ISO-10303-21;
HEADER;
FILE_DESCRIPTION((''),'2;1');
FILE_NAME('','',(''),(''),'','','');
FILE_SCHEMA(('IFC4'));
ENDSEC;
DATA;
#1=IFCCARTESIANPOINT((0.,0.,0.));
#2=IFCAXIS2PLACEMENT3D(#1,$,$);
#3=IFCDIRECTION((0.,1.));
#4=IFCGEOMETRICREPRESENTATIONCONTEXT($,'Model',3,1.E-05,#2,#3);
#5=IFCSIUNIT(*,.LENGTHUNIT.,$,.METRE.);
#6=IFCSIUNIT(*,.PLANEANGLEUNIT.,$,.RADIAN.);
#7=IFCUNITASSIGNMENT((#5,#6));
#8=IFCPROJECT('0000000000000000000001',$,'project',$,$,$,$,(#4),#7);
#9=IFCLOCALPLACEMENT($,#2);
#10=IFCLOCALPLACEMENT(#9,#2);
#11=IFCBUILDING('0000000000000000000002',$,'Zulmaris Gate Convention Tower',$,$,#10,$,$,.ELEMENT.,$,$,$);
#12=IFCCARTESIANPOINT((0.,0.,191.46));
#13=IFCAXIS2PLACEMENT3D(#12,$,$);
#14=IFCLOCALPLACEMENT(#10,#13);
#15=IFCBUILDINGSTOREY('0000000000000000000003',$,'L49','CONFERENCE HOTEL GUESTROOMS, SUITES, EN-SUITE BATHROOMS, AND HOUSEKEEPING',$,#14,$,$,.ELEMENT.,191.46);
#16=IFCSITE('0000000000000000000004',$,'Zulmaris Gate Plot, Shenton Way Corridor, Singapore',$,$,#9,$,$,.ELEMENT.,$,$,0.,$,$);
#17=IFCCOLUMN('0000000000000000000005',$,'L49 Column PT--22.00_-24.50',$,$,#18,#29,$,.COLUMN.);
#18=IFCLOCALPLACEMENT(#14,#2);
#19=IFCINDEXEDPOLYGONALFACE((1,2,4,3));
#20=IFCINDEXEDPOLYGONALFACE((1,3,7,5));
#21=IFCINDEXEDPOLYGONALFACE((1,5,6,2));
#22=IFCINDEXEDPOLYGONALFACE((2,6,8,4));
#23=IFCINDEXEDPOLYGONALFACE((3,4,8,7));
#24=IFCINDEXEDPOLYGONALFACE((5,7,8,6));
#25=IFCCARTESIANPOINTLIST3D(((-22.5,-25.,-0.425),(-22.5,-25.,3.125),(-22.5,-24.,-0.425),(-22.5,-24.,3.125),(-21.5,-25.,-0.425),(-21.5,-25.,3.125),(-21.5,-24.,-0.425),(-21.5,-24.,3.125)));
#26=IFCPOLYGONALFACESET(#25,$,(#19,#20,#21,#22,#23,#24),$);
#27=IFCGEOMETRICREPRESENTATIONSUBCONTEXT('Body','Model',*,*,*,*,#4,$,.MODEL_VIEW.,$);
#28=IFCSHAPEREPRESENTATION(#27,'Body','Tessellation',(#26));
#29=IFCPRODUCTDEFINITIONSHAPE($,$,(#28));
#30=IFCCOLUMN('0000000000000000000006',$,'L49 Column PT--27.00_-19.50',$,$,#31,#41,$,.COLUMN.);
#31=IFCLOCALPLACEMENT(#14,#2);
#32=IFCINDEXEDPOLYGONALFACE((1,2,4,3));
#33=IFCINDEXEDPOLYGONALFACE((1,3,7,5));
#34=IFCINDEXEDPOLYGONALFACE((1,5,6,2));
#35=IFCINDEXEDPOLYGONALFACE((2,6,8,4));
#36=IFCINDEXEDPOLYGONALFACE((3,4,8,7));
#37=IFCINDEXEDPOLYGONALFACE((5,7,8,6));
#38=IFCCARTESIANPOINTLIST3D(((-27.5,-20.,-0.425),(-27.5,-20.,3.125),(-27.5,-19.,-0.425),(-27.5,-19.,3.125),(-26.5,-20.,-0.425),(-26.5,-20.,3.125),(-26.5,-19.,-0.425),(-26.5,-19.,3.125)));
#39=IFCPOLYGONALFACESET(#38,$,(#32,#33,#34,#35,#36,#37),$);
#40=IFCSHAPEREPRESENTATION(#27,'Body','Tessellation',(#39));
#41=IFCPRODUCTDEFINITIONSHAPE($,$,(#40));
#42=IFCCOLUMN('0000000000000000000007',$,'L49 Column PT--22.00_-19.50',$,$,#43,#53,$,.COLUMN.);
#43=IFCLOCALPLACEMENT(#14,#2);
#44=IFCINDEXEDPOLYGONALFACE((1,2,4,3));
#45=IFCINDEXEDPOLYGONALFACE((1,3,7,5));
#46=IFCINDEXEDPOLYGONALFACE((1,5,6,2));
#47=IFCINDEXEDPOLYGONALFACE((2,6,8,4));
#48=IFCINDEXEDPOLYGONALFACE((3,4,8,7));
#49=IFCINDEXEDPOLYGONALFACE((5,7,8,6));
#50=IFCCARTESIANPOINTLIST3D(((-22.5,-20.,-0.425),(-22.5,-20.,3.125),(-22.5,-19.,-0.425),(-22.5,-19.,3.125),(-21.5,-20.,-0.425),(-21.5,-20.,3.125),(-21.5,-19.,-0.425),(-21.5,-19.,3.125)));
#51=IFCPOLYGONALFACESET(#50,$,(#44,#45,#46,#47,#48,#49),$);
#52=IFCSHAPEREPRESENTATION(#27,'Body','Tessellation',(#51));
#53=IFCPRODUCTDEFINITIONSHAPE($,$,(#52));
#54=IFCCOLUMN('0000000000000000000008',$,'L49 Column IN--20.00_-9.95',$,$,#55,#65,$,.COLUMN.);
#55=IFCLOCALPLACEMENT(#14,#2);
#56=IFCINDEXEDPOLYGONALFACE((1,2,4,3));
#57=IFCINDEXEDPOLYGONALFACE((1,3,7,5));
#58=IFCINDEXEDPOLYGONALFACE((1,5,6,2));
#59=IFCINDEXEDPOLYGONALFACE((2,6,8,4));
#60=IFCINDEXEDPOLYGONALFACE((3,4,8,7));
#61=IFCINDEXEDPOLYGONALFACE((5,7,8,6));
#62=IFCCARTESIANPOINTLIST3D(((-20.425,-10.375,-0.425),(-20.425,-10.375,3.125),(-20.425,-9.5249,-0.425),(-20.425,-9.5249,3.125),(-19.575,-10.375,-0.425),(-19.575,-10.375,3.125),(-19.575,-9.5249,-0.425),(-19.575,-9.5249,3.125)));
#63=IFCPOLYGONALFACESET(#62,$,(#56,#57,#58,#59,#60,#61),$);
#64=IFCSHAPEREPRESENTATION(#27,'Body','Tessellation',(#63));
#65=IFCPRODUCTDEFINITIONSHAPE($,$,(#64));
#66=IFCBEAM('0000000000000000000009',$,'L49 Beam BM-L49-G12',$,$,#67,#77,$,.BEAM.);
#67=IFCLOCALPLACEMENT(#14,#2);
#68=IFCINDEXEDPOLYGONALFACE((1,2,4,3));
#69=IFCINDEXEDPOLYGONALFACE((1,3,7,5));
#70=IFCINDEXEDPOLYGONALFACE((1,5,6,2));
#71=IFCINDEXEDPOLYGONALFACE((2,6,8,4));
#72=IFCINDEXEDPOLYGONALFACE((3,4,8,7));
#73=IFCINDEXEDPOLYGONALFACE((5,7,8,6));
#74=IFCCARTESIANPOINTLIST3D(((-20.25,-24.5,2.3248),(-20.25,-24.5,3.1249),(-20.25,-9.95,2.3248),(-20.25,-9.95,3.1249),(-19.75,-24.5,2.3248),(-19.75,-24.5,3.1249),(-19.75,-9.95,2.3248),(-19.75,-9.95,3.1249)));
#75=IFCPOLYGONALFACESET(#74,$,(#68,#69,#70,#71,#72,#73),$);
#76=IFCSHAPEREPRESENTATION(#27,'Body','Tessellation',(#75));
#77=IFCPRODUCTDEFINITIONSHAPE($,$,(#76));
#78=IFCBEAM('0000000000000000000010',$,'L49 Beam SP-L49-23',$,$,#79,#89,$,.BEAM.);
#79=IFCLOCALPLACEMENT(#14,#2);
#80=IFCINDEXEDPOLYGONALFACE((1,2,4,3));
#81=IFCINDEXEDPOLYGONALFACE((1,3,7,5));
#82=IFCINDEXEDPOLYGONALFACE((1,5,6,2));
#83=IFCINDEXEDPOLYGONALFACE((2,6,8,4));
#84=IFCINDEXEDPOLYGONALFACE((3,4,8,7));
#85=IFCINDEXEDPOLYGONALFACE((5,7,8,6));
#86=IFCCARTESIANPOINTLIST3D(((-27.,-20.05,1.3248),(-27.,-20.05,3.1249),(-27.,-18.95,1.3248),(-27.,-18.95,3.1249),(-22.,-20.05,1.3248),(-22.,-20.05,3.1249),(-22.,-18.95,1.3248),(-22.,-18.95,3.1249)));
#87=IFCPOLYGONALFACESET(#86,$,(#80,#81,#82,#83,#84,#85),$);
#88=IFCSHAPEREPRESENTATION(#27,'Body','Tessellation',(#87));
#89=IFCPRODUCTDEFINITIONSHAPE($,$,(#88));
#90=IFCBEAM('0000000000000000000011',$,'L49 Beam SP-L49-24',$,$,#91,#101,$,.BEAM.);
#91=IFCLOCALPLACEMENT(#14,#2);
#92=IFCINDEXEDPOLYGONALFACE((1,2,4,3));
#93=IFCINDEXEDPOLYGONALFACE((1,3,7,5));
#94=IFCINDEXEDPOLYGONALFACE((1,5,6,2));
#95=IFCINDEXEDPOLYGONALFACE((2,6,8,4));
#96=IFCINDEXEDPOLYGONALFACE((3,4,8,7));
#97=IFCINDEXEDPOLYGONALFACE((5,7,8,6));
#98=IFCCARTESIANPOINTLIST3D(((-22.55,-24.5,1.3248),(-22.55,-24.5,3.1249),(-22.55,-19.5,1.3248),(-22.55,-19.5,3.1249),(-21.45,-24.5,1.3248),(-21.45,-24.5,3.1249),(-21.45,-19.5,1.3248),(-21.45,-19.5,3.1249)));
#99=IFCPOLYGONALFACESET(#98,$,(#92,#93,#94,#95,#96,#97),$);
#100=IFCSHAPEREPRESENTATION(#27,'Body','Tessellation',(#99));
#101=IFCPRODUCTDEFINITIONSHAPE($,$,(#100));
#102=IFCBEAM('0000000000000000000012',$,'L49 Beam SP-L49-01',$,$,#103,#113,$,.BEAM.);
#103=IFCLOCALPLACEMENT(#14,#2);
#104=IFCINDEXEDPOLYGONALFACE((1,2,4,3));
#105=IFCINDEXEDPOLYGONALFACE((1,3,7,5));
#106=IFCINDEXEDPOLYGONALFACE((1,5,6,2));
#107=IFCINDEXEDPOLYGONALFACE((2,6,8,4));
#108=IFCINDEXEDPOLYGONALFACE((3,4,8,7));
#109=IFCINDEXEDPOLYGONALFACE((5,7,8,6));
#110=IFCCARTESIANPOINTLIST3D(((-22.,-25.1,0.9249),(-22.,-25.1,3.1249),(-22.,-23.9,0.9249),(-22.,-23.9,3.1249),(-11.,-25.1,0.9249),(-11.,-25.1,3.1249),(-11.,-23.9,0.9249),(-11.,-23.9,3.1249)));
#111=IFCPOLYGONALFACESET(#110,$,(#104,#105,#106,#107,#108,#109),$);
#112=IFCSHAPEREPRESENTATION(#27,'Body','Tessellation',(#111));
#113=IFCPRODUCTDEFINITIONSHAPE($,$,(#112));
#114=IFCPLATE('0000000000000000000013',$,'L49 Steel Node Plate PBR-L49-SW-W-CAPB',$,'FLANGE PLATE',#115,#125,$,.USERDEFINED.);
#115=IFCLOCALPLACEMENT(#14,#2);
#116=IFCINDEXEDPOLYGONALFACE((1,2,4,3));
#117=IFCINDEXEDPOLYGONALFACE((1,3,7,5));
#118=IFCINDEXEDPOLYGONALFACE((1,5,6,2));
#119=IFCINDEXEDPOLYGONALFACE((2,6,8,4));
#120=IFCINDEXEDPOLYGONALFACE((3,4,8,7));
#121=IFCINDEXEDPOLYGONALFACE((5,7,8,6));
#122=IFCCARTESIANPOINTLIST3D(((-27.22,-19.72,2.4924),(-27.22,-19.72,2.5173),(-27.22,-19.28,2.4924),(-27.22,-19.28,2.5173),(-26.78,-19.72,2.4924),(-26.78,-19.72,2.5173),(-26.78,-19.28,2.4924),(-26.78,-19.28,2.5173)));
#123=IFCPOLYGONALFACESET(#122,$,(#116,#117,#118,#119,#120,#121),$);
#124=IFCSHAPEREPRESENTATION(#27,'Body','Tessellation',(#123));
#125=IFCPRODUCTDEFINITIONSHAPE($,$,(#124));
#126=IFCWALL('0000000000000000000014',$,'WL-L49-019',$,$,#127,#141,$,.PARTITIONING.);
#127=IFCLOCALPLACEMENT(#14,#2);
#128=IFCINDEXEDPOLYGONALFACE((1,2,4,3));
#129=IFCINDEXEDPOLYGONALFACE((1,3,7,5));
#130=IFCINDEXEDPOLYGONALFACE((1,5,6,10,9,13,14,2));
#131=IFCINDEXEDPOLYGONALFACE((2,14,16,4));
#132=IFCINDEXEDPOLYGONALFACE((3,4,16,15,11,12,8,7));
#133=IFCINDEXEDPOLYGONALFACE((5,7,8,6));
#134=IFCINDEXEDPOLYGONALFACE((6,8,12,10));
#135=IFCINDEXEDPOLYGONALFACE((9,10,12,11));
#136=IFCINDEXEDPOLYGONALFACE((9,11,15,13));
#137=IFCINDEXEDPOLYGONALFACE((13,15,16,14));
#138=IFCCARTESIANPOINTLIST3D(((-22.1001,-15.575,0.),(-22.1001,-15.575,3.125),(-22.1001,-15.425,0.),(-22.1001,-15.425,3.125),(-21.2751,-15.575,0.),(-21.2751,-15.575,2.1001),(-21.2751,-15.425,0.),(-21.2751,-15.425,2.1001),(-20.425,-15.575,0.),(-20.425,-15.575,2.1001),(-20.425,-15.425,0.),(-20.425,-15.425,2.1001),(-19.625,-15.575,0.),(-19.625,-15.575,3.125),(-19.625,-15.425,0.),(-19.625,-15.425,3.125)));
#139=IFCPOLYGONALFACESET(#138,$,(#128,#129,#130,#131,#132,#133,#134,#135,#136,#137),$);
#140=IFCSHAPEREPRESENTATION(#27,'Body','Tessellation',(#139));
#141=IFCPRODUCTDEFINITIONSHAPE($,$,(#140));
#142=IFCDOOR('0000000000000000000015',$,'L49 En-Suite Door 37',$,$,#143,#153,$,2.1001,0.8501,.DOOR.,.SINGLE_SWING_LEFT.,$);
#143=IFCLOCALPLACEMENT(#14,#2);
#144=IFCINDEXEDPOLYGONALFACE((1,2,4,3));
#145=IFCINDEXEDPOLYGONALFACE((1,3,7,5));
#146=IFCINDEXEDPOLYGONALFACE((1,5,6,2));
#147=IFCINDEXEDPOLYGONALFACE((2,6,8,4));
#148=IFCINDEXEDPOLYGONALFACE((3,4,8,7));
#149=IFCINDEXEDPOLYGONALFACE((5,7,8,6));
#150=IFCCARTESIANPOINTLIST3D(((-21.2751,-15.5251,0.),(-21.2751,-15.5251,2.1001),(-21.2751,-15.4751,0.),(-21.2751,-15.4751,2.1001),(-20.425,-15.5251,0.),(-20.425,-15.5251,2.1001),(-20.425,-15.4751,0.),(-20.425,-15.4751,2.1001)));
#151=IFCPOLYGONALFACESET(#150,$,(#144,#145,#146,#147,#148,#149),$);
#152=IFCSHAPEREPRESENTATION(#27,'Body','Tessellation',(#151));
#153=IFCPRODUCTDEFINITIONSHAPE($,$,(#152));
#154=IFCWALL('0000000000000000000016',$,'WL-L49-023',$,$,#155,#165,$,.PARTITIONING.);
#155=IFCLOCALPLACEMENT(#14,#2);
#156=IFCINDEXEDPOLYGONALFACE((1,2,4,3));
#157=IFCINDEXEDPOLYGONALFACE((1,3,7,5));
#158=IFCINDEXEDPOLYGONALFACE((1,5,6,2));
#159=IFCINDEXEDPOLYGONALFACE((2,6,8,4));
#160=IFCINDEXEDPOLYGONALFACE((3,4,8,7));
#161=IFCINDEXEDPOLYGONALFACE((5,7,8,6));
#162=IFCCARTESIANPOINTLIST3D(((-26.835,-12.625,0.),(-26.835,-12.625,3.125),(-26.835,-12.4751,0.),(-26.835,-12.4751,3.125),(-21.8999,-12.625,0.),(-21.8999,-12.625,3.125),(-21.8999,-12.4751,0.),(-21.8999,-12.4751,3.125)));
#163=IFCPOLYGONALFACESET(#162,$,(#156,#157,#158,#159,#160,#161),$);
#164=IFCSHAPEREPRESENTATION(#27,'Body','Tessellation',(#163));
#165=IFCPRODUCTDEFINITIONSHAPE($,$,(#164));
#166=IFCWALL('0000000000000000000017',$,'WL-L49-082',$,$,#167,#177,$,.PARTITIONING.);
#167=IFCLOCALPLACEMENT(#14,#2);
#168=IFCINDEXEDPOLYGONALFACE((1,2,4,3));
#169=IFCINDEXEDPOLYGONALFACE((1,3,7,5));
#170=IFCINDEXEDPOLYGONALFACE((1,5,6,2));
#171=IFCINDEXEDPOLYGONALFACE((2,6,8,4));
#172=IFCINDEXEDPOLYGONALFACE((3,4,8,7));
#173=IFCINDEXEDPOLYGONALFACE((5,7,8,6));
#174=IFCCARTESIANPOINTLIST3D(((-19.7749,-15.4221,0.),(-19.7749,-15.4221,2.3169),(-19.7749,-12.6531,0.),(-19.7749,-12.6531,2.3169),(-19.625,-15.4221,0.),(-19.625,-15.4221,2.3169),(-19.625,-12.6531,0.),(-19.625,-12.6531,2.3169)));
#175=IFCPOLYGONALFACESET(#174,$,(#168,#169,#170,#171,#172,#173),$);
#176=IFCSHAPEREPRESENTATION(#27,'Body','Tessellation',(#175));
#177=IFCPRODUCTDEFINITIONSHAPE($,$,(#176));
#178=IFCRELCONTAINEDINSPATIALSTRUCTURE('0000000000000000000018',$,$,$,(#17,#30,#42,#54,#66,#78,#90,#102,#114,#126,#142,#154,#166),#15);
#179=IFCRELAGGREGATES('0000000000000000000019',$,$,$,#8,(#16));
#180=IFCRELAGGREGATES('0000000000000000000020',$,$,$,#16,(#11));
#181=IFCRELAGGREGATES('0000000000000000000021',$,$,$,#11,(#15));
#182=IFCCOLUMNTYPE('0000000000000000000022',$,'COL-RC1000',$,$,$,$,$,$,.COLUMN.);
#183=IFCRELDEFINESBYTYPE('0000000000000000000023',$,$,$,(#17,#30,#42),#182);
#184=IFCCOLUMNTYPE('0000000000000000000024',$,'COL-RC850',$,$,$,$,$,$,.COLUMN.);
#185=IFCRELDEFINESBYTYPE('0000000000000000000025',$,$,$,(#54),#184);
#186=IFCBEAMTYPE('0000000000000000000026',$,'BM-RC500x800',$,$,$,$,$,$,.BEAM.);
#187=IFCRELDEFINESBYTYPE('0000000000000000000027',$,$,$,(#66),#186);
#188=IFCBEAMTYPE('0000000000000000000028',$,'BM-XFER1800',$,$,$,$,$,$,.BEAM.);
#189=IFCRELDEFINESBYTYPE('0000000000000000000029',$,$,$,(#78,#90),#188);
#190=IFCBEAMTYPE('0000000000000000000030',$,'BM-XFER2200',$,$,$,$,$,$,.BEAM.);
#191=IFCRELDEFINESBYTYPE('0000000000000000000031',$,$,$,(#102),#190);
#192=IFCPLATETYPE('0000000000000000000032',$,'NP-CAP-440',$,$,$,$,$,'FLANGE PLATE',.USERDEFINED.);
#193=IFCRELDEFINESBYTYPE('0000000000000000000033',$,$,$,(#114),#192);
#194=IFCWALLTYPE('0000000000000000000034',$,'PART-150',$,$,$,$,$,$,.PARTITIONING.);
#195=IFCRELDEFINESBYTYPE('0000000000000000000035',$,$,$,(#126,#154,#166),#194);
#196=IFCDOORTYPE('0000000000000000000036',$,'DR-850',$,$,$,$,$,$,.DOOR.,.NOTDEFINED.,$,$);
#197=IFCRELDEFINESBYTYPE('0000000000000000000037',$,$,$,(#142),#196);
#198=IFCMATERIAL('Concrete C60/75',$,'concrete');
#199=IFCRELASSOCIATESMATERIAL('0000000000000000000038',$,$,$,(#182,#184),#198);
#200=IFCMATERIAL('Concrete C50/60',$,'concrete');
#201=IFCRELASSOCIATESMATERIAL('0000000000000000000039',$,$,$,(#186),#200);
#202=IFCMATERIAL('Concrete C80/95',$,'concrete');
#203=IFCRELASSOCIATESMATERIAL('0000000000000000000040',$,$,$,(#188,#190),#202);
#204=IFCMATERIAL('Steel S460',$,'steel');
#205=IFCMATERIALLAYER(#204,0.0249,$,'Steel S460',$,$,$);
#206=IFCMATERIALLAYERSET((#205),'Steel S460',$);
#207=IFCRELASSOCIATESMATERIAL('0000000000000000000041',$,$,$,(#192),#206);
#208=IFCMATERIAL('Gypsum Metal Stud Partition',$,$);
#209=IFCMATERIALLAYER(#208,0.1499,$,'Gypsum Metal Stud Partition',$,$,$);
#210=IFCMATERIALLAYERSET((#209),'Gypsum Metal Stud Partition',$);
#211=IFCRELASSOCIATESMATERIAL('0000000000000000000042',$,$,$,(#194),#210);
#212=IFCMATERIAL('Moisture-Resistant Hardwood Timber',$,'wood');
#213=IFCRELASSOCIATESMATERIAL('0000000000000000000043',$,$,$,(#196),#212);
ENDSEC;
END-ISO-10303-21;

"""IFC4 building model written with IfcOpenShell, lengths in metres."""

from ifc_helpers import new_model, si_unit, direction, frame, frame_2d, origin, origin_2d, place, context, subcontext, project, spatial, rectangle, extrude, material, layer, layer_set, material_profile, profile_set, type_object, element, fill, save


model = new_model("IFC4")

# Units and contexts
model_context = context("Model", 3, precision=1e-05, world=origin(), true_north=direction((0.0, 1.0)))
body_context = subcontext(model_context, "Body", "Model", "MODEL_VIEW")
ifc_project = project(units=[si_unit("LENGTHUNIT", "METRE"), si_unit("PLANEANGLEUNIT", "RADIAN")], contexts=[model_context])

# Site, building, storey
site_placement = place(None, origin())
site = spatial("IfcSite", under=ifc_project, at=site_placement, Name="Zulmaris Gate Plot, Shenton Way Corridor, Singapore", CompositionType="ELEMENT", RefElevation=0.0)
building_placement = place(site_placement, origin())
building = spatial("IfcBuilding", under=site, at=building_placement, Name="Zulmaris Gate Convention Tower", CompositionType="ELEMENT")
storey_placement = place(building_placement, frame((0.0, 0.0, 191.46)))
storey = spatial("IfcBuildingStorey", under=building, at=storey_placement, Name="L49", Description="CONFERENCE HOTEL GUESTROOMS, SUITES, EN-SUITE BATHROOMS, AND HOUSEKEEPING", CompositionType="ELEMENT", Elevation=191.46)

# Columns
ifc_material_1 = material(Name="Concrete C60/75", Category="concrete")
ifc_material_profile_1 = material_profile(ifc_material_1, rectangle(XDim=1.0, YDim=1.0, at=origin_2d()), Name="RC COL 1000x1000")
ifc_profile_set_1 = profile_set([ifc_material_profile_1], Name="Concrete C60/75")
column_type_1 = type_object("IfcColumnType", Name="COL-RC1000", PredefinedType="COLUMN", material=ifc_profile_set_1)
for number, where, z_axis, x_axis, name in (
    (1, (-22.0, -24.5, -0.425), (0.0, 0.0, 1.0), (1.0, 0.0, 0.0), "L49 Column PT--22.00_-24.50"),
    (2, (-27.0, -19.5, -0.425), (0.0, 0.0, 1.0), (1.0, 0.0, 0.0), "L49 Column PT--27.00_-19.50"),
    (3, (-22.0, -19.5, -0.425), (0.0, 0.0, 1.0), (1.0, 0.0, 0.0), "L49 Column PT--22.00_-19.50"),
):
    element("IfcColumn", number, at=place(storey_placement, frame(where, z_axis=z_axis, x_axis=x_axis)), inside=storey, type_object=column_type_1, Name=name, PredefinedType="COLUMN", context=body_context, shape_type="SweptSolid", body=[
        extrude(rectangle(XDim=1.0, YDim=1.0, at=origin_2d()), origin(), (0.0, 0.0, 1.0), 3.55),
    ])
ifc_material_profile_2 = material_profile(ifc_material_1, rectangle(XDim=0.8501, YDim=0.8501, at=origin_2d()), Name="RC COL 850x850")
ifc_profile_set_2 = profile_set([ifc_material_profile_2], Name="Concrete C60/75")
column_type_2 = type_object("IfcColumnType", Name="COL-RC850", PredefinedType="COLUMN", material=ifc_profile_set_2)
column_placement = place(storey_placement, frame((-20.0, -9.95, -0.425), z_axis=(0.0, 0.0, 1.0), x_axis=(1.0, 0.0, 0.0)))
element("IfcColumn", 4, at=column_placement, inside=storey, type_object=column_type_2, Name="L49 Column IN--20.00_-9.95", PredefinedType="COLUMN", context=body_context, shape_type="SweptSolid", body=[
    extrude(rectangle(XDim=0.8501, YDim=0.8501, at=origin_2d()), origin(), (0.0, 0.0, 1.0), 3.55),
])

# Beams
ifc_material_2 = material(Name="Concrete C50/60", Category="concrete")
ifc_material_profile_3 = material_profile(ifc_material_2, rectangle(XDim=0.5, YDim=0.8, at=origin_2d()), Name="RC BEAM 500x800")
ifc_profile_set_3 = profile_set([ifc_material_profile_3], Name="Concrete C50/60")
beam_type_1 = type_object("IfcBeamType", Name="BM-RC500x800", PredefinedType="BEAM", material=ifc_profile_set_3)
beam_1_placement = place(storey_placement, frame((-20.0, -24.5, 2.7249), z_axis=(0.0, 1.0, 0.0), x_axis=(-1.0, 0.0, 0.0)))
element("IfcBeam", 5, at=beam_1_placement, inside=storey, type_object=beam_type_1, Name="L49 Beam BM-L49-G12", PredefinedType="BEAM", context=body_context, shape_type="SweptSolid", body=[
    extrude(rectangle(XDim=0.5, YDim=0.8, at=origin_2d()), origin(), (0.0, 0.0, 1.0), 14.55),
])
ifc_material_3 = material(Name="Concrete C80/95", Category="concrete")
ifc_material_profile_4 = material_profile(ifc_material_3, rectangle(XDim=1.1001, YDim=1.8, at=origin_2d()), Name="RC TRANSFER 1100x1800")
ifc_profile_set_4 = profile_set([ifc_material_profile_4], Name="Concrete C80/95")
beam_type_2 = type_object("IfcBeamType", Name="BM-XFER1800", PredefinedType="BEAM", material=ifc_profile_set_4)
for number, where, z_axis, x_axis, name in (
    (6, (-27.0, -19.5, 2.2249), (1.0, 0.0, 0.0), (0.0, 1.0, 0.0), "L49 Beam SP-L49-23"),
    (7, (-22.0, -19.5, 2.2249), (0.0, -1.0, 0.0), (1.0, 0.0, 0.0), "L49 Beam SP-L49-24"),
):
    element("IfcBeam", number, at=place(storey_placement, frame(where, z_axis=z_axis, x_axis=x_axis)), inside=storey, type_object=beam_type_2, Name=name, PredefinedType="BEAM", context=body_context, shape_type="SweptSolid", body=[
        extrude(rectangle(XDim=1.1001, YDim=1.8, at=origin_2d()), origin(), (0.0, 0.0, 1.0), 5.0),
    ])
ifc_material_profile_5 = material_profile(ifc_material_3, rectangle(XDim=1.2, YDim=2.2, at=origin_2d()), Name="RC TRANSFER 1200x2200")
ifc_profile_set_5 = profile_set([ifc_material_profile_5], Name="Concrete C80/95")
beam_type_3 = type_object("IfcBeamType", Name="BM-XFER2200", PredefinedType="BEAM", material=ifc_profile_set_5)
beam_2_placement = place(storey_placement, frame((-22.0, -24.5, 2.0249), z_axis=(1.0, 0.0, 0.0), x_axis=(0.0, 1.0, 0.0)))
element("IfcBeam", 8, at=beam_2_placement, inside=storey, type_object=beam_type_3, Name="L49 Beam SP-L49-01", PredefinedType="BEAM", context=body_context, shape_type="SweptSolid", body=[
    extrude(rectangle(XDim=1.2, YDim=2.2, at=origin_2d()), origin(), (0.0, 0.0, 1.0), 11.0),
])

# Plate
ifc_material_4 = material(Name="Steel S460", Category="steel")
ifc_layer_1 = layer(ifc_material_4, 0.0249, Name="Steel S460")
ifc_layer_set_1 = layer_set([ifc_layer_1], Name="Steel S460")
plate_type = type_object("IfcPlateType", Name="NP-CAP-440", ElementType="FLANGE PLATE", PredefinedType="USERDEFINED", material=ifc_layer_set_1)
plate_placement = place(storey_placement, frame((-27.0, -19.5, 2.4924), z_axis=(0.0, 0.0, 1.0), x_axis=(1.0, 0.0, 0.0)))
element("IfcPlate", 9, at=plate_placement, inside=storey, type_object=plate_type, Name="L49 Steel Node Plate PBR-L49-SW-W-CAPB", ObjectType="FLANGE PLATE", PredefinedType="USERDEFINED", context=body_context, shape_type="SweptSolid", body=[
    extrude(rectangle(XDim=0.4399, YDim=0.4399, at=origin_2d()), origin(), (0.0, 0.0, 1.0), 0.0249),
])

# Wall, opening, door
ifc_material_5 = material(Name="Gypsum Metal Stud Partition")
ifc_layer_2 = layer(ifc_material_5, 0.1499, Name="Gypsum Metal Stud Partition")
ifc_layer_set_2 = layer_set([ifc_layer_2], Name="Gypsum Metal Stud Partition")
wall_type_1 = type_object("IfcWallType", Name="PART-150", PredefinedType="PARTITIONING", material=ifc_layer_set_2)
wall_1_placement = place(storey_placement, frame((-22.1001, -15.5, 0.0), z_axis=(0.0, 0.0, 1.0), x_axis=(1.0, 0.0, 0.0)))
wall_1 = element("IfcWall", 10, at=wall_1_placement, inside=storey, type_object=wall_type_1, Name="WL-L49-019", PredefinedType="PARTITIONING", context=body_context, shape_type="SweptSolid", body=[
    extrude(rectangle(XDim=2.4751, YDim=0.1499, at=frame_2d((1.2375, 0.0))), origin(), (0.0, 0.0, 1.0), 3.125),
])
opening_1_placement = place(wall_1_placement, frame((0.825, 0.0, 0.0)))
opening_1 = element("IfcOpeningElement", 11, at=opening_1_placement, cuts=wall_1, PredefinedType="OPENING", context=body_context, shape_type="SweptSolid", body=[
    extrude(rectangle(XDim=0.8501, YDim=2.1001, at=frame_2d((0.425, 1.05))), frame((0.0, 0.085, 0.0), z_axis=(0.0, -1.0, 0.0), x_axis=(1.0, 0.0, 0.0)), (0.0, 0.0, 1.0), 0.1699),
])
ifc_material_6 = material(Name="Moisture-Resistant Hardwood Timber", Category="wood")
door_type_1 = type_object("IfcDoorType", Name="DR-850", OperationType="NOTDEFINED", PredefinedType="DOOR", material=ifc_material_6)
door_1_placement = place(opening_1_placement, origin())
door_1 = element("IfcDoor", 12, at=door_1_placement, inside=storey, type_object=door_type_1, Name="L49 En-Suite Door 37", OperationType="SINGLE_SWING_LEFT", OverallHeight=2.1001, OverallWidth=0.8501, PredefinedType="DOOR", context=body_context, shape_type="SweptSolid", body=[
    extrude(rectangle(XDim=0.8501, YDim=2.1001, at=frame_2d((0.425, 1.05))), frame((0.0, 0.0249, 0.0), z_axis=(0.0, -1.0, 0.0), x_axis=(1.0, 0.0, 0.0)), (0.0, 0.0, 1.0), 0.05),
])
fill(opening_1, door_1)

# Wall
wall_2_placement = place(storey_placement, frame((-26.835, -12.55, 0.0), z_axis=(0.0, 0.0, 1.0), x_axis=(1.0, 0.0, 0.0)))
element("IfcWall", 13, at=wall_2_placement, inside=storey, type_object=wall_type_1, Name="WL-L49-023", PredefinedType="PARTITIONING", context=body_context, shape_type="SweptSolid", body=[
    extrude(rectangle(XDim=4.9351, YDim=0.1499, at=frame_2d((2.4675, 0.0))), origin(), (0.0, 0.0, 1.0), 3.125),
])

# Wall
wall_3_placement = place(storey_placement, frame((-19.7, -15.4221, 0.0), z_axis=(0.0, 0.0, 1.0), x_axis=(0.0, 1.0, 0.0)))
element("IfcWall", 14, at=wall_3_placement, inside=storey, type_object=wall_type_1, Name="WL-L49-082", PredefinedType="PARTITIONING", context=body_context, shape_type="SweptSolid", body=[
    extrude(rectangle(XDim=2.769, YDim=0.1499, at=frame_2d((1.3845, 0.0))), origin(), (0.0, 0.0, 1.0), 2.3169),
])

save(model, "model.ifc")
